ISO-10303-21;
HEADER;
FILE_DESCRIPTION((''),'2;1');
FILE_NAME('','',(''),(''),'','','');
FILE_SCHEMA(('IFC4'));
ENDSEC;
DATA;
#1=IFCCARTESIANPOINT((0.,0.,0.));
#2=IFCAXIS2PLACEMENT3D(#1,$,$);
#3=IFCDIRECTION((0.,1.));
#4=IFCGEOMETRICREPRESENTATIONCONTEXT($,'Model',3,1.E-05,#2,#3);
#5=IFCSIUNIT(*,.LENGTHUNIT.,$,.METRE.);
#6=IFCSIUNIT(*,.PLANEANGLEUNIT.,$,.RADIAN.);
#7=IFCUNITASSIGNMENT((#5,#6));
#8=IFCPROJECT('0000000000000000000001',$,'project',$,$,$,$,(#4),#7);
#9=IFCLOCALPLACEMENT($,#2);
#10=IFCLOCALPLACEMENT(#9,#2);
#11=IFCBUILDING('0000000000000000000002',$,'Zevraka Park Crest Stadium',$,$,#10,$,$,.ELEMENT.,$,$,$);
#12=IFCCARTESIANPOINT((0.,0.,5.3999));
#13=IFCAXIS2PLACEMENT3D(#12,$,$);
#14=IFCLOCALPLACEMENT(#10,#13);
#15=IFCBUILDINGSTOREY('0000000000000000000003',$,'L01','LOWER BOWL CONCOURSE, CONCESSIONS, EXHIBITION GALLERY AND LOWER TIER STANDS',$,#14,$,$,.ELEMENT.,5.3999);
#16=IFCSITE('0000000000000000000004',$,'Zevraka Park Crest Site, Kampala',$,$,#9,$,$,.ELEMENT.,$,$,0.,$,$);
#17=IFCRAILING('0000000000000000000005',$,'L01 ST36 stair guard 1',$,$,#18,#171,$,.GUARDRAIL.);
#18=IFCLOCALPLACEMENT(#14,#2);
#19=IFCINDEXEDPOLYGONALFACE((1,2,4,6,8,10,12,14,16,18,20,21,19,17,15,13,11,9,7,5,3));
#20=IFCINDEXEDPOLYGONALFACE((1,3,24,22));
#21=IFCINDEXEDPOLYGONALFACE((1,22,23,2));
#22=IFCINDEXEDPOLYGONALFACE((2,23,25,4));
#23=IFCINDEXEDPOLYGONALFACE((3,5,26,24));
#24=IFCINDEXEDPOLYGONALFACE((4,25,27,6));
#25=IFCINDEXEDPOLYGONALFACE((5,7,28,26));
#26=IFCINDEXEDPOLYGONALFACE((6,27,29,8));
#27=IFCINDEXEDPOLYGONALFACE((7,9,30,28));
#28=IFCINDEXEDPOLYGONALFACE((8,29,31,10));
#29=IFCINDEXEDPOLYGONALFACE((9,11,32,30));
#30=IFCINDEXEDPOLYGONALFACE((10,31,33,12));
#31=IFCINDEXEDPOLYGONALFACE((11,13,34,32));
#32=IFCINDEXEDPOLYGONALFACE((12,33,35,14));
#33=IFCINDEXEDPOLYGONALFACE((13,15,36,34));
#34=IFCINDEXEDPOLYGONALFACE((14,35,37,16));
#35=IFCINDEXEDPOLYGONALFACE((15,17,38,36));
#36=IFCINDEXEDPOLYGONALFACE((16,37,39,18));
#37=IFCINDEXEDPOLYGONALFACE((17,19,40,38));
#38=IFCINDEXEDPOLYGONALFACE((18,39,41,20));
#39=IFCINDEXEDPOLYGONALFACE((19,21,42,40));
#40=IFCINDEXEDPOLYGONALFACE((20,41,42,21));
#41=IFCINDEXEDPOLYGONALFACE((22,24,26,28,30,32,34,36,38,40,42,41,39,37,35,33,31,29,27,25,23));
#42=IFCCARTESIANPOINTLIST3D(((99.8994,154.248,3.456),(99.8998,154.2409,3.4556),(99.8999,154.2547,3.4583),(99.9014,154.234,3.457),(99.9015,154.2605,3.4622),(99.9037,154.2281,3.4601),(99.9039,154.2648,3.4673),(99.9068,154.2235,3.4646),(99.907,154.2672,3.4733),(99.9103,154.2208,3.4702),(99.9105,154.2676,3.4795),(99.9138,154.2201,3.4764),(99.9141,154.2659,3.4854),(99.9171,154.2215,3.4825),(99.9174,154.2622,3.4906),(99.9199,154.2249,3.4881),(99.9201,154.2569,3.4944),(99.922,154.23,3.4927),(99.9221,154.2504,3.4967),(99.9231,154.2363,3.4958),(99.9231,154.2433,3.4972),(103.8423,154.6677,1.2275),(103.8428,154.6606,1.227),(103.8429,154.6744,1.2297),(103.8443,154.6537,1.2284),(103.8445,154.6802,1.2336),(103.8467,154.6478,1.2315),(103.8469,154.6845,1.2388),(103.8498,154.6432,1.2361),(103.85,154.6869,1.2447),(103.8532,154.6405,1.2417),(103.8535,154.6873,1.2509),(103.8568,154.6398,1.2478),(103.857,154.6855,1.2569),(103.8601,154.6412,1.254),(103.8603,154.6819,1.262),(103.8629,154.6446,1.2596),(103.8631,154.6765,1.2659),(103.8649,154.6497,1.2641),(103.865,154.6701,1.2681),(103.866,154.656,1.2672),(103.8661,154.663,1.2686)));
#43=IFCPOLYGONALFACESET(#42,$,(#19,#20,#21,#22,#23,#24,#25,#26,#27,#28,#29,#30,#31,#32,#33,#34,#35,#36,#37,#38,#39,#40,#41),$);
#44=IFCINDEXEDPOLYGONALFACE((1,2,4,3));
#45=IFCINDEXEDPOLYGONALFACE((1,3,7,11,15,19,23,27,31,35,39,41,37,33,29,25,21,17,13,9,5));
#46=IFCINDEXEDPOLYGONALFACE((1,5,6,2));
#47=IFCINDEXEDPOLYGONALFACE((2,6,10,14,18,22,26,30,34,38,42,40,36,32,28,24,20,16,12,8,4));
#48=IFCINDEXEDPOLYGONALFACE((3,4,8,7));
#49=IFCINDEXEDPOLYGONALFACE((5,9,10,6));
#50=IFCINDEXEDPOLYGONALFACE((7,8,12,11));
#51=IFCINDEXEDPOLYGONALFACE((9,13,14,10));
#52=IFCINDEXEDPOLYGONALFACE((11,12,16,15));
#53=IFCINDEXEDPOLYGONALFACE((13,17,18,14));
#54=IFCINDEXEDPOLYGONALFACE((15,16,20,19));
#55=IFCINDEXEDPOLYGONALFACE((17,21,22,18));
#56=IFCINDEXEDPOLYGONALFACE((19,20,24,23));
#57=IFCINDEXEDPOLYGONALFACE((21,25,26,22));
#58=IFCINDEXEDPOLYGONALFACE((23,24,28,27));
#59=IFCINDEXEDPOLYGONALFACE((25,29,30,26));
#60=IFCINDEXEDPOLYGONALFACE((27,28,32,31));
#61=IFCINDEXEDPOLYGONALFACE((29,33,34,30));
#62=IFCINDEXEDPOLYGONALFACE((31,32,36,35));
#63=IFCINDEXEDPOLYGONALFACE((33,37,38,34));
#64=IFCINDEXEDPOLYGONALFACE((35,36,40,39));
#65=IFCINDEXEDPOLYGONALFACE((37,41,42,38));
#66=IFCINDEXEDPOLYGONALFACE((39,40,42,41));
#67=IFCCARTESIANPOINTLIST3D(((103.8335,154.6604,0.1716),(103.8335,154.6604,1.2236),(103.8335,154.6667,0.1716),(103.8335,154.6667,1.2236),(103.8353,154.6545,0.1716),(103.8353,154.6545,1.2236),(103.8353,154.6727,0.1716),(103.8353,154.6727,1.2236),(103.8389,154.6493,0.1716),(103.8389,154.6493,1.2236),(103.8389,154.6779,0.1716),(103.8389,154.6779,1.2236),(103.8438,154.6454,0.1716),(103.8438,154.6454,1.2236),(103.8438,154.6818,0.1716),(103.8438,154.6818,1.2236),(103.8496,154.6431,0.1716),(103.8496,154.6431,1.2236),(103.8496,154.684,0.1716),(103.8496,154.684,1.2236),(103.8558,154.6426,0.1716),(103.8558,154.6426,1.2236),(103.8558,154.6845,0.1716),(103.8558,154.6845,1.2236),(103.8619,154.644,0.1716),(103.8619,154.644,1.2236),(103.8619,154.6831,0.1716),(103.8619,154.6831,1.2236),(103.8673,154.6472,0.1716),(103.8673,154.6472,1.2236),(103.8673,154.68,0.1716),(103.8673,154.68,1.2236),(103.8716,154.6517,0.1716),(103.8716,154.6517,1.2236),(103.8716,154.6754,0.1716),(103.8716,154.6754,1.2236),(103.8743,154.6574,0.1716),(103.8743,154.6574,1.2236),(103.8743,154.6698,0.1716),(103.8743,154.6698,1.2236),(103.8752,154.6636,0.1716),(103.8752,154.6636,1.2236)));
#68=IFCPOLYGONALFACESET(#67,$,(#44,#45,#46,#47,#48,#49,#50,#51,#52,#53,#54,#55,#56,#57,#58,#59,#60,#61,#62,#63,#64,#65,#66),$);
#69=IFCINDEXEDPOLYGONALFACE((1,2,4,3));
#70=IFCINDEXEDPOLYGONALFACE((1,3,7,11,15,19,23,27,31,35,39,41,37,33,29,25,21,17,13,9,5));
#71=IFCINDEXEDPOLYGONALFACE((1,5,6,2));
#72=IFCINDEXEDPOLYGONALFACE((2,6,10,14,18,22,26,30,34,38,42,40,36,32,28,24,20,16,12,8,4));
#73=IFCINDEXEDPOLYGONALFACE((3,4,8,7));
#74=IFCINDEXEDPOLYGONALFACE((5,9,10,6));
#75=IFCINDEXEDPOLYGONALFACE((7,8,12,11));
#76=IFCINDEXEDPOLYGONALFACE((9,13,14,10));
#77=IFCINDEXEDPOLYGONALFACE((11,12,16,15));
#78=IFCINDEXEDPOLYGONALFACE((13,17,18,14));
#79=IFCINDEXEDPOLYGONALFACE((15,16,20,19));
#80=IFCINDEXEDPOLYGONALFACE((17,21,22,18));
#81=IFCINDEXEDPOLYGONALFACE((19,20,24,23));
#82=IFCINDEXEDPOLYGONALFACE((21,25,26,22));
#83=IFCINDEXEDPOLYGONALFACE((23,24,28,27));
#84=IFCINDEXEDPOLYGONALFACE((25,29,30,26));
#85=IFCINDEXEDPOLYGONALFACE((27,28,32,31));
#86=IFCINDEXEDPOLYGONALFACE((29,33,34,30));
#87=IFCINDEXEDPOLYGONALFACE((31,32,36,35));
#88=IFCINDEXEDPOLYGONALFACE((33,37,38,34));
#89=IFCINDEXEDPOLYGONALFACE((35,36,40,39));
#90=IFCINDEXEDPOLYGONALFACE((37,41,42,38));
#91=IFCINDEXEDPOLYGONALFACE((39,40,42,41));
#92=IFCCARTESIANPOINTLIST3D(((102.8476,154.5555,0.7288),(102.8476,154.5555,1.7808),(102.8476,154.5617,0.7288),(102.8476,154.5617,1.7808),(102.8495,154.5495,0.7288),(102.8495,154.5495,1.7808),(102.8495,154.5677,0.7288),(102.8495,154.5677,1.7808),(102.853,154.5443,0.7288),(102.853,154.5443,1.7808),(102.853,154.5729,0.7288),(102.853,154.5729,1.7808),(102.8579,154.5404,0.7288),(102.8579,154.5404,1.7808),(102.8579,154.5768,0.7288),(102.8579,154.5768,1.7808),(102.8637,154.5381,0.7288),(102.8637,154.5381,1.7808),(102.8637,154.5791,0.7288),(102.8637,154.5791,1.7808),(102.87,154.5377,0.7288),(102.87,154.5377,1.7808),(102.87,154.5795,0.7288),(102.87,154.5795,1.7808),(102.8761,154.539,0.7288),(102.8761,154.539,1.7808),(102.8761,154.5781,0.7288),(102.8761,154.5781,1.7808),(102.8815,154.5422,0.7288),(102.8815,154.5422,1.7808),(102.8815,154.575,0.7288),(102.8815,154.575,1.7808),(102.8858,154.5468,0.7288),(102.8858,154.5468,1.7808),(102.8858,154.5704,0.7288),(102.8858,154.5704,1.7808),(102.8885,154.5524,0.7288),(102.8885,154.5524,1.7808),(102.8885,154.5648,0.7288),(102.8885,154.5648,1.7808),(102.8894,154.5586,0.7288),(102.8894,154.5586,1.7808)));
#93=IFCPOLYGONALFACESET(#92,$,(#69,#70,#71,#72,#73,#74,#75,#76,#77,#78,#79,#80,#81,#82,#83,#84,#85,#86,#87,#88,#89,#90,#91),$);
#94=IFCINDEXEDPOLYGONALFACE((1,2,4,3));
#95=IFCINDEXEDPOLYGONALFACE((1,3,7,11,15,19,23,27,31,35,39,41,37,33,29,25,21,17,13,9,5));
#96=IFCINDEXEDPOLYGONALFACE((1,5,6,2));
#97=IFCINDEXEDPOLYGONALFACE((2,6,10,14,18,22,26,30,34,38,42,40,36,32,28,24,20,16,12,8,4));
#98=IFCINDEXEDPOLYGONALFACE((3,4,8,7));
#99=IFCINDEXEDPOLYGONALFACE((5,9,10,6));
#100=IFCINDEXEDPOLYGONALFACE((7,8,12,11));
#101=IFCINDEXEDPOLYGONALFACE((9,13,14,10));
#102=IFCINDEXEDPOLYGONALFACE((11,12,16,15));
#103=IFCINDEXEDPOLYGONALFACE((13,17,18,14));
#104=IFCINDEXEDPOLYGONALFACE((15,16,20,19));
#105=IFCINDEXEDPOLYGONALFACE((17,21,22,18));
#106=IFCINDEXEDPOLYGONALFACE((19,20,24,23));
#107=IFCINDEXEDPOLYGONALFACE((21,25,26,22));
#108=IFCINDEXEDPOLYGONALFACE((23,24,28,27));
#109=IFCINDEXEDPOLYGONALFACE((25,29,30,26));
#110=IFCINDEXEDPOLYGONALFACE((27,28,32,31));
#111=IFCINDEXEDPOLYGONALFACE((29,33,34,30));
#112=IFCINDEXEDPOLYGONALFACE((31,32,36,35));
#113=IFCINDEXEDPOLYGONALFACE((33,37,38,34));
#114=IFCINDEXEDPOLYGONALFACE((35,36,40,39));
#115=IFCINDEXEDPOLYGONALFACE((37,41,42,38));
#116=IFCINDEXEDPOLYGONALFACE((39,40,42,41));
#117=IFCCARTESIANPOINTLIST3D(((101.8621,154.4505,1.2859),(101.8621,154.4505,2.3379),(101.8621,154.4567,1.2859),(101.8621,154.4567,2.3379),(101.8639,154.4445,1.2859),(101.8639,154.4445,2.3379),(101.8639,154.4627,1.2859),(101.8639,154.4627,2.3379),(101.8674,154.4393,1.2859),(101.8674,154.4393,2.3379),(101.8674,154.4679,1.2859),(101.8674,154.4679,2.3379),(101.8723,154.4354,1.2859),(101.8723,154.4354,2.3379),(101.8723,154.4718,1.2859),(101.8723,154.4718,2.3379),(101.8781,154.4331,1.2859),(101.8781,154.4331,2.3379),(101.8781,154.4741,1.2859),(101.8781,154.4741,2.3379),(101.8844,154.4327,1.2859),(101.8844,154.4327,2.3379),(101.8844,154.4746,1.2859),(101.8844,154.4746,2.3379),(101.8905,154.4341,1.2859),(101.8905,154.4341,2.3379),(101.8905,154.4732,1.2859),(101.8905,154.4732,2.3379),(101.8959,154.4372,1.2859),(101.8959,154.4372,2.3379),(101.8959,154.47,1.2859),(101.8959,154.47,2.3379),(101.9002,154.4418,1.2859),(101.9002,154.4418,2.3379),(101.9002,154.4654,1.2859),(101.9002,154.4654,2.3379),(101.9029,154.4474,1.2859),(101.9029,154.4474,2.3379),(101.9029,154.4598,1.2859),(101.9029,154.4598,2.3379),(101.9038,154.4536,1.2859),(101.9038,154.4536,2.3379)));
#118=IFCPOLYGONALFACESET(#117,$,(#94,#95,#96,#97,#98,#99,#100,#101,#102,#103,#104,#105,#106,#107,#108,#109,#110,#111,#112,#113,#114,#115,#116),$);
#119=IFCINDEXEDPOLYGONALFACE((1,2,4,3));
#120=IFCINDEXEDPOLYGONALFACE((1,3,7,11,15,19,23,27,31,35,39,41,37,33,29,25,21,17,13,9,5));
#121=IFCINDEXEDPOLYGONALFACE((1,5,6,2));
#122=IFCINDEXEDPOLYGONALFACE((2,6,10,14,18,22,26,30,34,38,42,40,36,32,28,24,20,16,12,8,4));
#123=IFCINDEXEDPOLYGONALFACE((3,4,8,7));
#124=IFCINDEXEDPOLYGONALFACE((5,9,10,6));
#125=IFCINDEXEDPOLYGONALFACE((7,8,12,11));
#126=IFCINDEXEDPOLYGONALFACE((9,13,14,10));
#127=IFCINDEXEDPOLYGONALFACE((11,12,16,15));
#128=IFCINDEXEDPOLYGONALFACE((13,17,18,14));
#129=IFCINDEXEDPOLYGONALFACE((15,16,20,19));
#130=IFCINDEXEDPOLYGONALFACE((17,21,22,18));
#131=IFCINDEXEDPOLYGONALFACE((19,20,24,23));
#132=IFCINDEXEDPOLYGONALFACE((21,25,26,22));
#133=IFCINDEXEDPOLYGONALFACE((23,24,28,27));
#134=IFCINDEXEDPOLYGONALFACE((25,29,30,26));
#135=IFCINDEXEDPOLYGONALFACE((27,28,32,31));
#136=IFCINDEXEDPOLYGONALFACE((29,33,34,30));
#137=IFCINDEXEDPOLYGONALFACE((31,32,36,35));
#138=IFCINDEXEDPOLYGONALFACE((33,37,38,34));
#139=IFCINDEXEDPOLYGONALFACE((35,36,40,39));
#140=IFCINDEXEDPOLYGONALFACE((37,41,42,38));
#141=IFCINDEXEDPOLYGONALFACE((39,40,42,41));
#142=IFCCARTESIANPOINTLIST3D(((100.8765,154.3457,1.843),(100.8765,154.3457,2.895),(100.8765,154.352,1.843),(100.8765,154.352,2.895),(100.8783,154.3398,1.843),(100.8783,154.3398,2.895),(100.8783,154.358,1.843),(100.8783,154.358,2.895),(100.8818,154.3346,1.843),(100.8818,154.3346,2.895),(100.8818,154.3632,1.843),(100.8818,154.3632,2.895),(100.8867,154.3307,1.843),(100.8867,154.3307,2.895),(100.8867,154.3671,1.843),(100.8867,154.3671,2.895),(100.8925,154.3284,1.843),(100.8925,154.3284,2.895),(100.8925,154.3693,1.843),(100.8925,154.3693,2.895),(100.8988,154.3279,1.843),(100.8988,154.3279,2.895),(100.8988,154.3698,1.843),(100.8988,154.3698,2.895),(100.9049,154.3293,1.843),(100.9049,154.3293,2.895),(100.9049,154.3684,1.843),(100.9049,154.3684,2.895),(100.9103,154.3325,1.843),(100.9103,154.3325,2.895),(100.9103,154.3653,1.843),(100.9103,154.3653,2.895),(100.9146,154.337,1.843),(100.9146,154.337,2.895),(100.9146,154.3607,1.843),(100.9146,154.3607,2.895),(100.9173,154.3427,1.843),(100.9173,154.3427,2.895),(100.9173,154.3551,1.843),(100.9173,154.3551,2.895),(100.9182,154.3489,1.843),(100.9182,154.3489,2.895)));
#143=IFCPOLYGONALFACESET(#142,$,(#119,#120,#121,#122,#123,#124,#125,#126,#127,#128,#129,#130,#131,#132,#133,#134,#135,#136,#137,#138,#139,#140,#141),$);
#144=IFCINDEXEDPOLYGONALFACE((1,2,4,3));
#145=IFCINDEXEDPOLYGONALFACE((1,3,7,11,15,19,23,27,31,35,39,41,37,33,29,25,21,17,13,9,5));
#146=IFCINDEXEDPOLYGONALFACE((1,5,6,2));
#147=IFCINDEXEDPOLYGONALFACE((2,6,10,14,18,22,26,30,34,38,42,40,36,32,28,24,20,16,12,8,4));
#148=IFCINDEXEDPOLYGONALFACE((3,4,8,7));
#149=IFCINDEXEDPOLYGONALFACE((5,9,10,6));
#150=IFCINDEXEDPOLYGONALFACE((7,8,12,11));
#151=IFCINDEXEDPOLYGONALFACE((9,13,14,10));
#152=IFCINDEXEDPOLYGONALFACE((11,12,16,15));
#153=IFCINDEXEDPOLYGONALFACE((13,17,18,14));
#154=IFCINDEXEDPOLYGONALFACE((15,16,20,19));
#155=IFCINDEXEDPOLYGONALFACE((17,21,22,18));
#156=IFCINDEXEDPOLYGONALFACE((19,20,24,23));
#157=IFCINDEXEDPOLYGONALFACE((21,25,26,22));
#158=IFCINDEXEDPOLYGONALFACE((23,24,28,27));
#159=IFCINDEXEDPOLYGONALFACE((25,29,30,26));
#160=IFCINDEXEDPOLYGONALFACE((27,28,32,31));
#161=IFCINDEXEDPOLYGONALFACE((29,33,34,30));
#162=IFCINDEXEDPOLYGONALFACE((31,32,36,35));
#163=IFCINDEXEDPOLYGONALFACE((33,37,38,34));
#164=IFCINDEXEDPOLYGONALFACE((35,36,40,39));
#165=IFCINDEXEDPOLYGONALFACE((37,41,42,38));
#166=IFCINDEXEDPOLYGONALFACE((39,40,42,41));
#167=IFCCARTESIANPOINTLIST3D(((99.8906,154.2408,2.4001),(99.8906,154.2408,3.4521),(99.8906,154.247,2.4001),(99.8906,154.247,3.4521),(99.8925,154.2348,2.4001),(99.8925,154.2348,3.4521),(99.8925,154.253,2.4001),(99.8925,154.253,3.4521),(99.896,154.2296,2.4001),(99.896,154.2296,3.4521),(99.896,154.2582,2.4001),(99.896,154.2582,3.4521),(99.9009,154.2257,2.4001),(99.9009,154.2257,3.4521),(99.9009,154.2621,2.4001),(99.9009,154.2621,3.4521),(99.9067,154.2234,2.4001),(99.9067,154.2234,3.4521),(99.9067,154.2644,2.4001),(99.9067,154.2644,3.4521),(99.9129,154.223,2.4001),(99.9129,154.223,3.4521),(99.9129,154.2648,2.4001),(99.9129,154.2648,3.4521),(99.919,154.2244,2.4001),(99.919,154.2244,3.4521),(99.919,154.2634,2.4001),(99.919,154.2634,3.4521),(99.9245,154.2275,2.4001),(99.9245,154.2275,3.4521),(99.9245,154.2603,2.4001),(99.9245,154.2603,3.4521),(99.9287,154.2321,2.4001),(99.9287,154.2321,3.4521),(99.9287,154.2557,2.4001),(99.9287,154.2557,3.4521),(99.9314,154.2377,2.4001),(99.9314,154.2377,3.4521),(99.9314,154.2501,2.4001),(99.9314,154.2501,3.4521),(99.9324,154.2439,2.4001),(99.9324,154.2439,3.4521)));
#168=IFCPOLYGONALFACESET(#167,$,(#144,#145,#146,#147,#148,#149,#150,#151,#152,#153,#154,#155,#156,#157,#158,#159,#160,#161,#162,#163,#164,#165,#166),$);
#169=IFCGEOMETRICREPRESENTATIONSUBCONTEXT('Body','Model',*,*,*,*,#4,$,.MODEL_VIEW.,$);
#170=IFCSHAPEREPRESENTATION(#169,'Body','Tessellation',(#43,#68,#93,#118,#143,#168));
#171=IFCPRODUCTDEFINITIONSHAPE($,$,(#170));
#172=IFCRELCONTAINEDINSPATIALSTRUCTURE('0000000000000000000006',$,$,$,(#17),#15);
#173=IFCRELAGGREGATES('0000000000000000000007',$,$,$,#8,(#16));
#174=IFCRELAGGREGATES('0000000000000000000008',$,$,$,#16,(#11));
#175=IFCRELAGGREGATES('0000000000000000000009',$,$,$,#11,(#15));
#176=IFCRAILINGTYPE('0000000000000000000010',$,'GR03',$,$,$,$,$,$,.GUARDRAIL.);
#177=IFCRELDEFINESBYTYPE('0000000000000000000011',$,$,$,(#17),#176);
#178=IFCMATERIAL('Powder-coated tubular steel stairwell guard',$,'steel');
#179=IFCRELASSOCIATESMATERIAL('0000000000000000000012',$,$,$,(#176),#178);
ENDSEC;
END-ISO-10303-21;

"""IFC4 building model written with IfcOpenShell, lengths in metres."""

from ifc_helpers import new_model, si_unit, direction, frame, origin, origin_2d, place, context, subcontext, project, spatial, circle, extrude, material, type_object, element, save


model = new_model("IFC4")

# Units and contexts
model_context = context("Model", 3, precision=1e-05, world=origin(), true_north=direction((0.0, 1.0)))
body_context = subcontext(model_context, "Body", "Model", "MODEL_VIEW")
ifc_project = project(units=[si_unit("LENGTHUNIT", "METRE"), si_unit("PLANEANGLEUNIT", "RADIAN")], contexts=[model_context])

# Site, building, storey
site_placement = place(None, origin())
site = spatial("IfcSite", under=ifc_project, at=site_placement, Name="Zevraka Park Crest Site, Kampala", CompositionType="ELEMENT", RefElevation=0.0)
building_placement = place(site_placement, origin())
building = spatial("IfcBuilding", under=site, at=building_placement, Name="Zevraka Park Crest Stadium", CompositionType="ELEMENT")
storey_placement = place(building_placement, frame((0.0, 0.0, 5.3999)))
storey = spatial("IfcBuildingStorey", under=building, at=storey_placement, Name="L01", Description="LOWER BOWL CONCOURSE, CONCESSIONS, EXHIBITION GALLERY AND LOWER TIER STANDS", CompositionType="ELEMENT", Elevation=5.3999)

# Railing
ifc_material_1 = material(Name="Powder-coated tubular steel stairwell guard", Category="steel")
railing_type_1 = type_object("IfcRailingType", Name="GR03", PredefinedType="GUARDRAIL", material=ifc_material_1)
railing_1_placement = place(storey_placement, frame((103.8542, 154.6636, 0.1716)))
element("IfcRailing", 1, at=railing_1_placement, inside=storey, type_object=railing_type_1, Name="L01 ST36 stair guard 1", PredefinedType="GUARDRAIL", context=body_context, shape_type="SweptSolid", body=[
    extrude(circle(Radius=0.0239, at=origin_2d()), frame((0.0, 0.0, 1.0762), z_axis=(-0.866855, -0.092268, 0.489948), x_axis=(0.105842, -0.994383, 0.0)), (0.0, 0.0, 1.0), 4.5486),
    extrude(circle(Radius=0.021, at=origin_2d()), origin(), (0.0, 0.0, 1.0), 1.052),
    extrude(circle(Radius=0.021, at=origin_2d()), frame((-0.9858, -0.105, 0.5571)), (0.0, 0.0, 1.0), 1.052),
    extrude(circle(Radius=0.021, at=origin_2d()), frame((-1.9714, -0.21, 1.1143)), (0.0, 0.0, 1.0), 1.052),
    extrude(circle(Radius=0.021, at=origin_2d()), frame((-2.957, -0.3147, 1.6714)), (0.0, 0.0, 1.0), 1.052),
    extrude(circle(Radius=0.021, at=origin_2d()), frame((-3.9429, -0.4197, 2.2285)), (0.0, 0.0, 1.0), 1.052),
])

save(model, "model.ifc")
